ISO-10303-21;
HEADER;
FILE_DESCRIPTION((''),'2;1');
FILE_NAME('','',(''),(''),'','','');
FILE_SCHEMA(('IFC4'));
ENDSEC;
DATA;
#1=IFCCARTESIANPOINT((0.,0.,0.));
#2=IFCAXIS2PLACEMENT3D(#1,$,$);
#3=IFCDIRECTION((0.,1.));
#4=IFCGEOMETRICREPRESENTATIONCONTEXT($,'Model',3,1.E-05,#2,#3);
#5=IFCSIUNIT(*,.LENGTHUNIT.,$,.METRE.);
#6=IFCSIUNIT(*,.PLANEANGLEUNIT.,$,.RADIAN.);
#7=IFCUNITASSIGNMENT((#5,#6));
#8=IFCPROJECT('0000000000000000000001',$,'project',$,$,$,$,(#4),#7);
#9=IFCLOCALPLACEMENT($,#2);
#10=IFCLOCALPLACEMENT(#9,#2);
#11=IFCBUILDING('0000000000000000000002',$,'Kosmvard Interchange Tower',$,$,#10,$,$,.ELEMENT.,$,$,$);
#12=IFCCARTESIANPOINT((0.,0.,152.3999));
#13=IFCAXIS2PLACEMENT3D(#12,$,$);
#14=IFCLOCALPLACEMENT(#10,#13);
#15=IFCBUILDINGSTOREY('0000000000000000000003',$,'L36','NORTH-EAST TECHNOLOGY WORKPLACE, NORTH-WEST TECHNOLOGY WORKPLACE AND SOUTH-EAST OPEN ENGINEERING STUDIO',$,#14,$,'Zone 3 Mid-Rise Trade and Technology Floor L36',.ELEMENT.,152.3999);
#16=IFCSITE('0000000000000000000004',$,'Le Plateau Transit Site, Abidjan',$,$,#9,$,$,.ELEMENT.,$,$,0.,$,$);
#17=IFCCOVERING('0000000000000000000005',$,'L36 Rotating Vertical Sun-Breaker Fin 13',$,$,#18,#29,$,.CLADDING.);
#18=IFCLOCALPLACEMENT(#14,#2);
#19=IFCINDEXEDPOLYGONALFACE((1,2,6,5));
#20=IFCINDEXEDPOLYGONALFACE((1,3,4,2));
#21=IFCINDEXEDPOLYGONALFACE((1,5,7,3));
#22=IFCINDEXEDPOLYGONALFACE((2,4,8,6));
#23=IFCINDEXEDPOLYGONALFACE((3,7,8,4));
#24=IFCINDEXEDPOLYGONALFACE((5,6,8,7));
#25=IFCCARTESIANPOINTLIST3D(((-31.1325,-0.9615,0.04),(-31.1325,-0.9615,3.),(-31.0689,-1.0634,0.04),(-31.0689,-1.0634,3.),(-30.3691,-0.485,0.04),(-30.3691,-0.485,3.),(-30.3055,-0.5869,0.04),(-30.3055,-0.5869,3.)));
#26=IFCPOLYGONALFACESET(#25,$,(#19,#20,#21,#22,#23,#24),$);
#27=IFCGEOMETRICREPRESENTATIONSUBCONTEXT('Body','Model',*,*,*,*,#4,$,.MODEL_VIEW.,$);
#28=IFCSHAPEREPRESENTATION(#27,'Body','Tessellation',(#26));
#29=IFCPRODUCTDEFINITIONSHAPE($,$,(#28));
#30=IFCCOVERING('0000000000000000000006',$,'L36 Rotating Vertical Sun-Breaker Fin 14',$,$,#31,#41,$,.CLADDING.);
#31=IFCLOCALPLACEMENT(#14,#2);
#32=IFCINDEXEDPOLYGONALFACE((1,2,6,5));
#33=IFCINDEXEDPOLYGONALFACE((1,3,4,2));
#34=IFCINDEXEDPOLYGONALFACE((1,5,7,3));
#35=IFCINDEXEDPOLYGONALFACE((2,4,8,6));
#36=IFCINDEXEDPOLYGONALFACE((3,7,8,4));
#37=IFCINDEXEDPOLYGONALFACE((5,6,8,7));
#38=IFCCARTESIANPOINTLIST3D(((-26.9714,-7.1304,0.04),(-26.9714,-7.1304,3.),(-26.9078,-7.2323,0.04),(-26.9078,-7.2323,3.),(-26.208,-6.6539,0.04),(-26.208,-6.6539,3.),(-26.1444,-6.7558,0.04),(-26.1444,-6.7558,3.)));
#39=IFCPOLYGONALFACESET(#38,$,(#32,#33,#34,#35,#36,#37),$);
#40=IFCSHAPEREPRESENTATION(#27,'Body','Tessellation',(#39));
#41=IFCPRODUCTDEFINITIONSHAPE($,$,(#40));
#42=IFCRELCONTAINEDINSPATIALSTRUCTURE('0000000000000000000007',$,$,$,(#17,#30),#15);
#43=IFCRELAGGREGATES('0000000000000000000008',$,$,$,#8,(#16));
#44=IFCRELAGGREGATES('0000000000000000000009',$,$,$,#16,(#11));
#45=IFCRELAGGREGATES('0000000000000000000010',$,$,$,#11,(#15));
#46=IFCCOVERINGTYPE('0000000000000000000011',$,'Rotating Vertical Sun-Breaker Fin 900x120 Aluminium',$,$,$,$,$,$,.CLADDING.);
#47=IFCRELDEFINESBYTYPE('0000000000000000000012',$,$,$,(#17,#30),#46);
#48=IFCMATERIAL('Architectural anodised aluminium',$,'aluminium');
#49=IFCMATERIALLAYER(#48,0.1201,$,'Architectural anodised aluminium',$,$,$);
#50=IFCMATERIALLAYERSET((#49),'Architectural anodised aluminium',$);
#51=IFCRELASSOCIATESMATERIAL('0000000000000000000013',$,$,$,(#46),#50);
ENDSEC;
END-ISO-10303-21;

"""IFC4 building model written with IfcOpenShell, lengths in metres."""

from ifc_helpers import new_model, si_unit, direction, frame, origin, origin_2d, place, context, subcontext, project, spatial, rectangle, extrude, source, transform, mapped, material, layer, layer_set, type_object, element, save


model = new_model("IFC4")

# Units and contexts
model_context = context("Model", 3, precision=1e-05, world=origin(), true_north=direction((0.0, 1.0)))
body_context = subcontext(model_context, "Body", "Model", "MODEL_VIEW")
ifc_project = project(units=[si_unit("LENGTHUNIT", "METRE"), si_unit("PLANEANGLEUNIT", "RADIAN")], contexts=[model_context])

# Site, building, storey
site_placement = place(None, origin())
site = spatial("IfcSite", under=ifc_project, at=site_placement, Name="Le Plateau Transit Site, Abidjan", CompositionType="ELEMENT", RefElevation=0.0)
building_placement = place(site_placement, origin())
building = spatial("IfcBuilding", under=site, at=building_placement, Name="Kosmvard Interchange Tower", CompositionType="ELEMENT")
storey_placement = place(building_placement, frame((0.0, 0.0, 152.3999)))
storey = spatial("IfcBuildingStorey", under=building, at=storey_placement, Name="L36", Description="NORTH-EAST TECHNOLOGY WORKPLACE, NORTH-WEST TECHNOLOGY WORKPLACE AND SOUTH-EAST OPEN ENGINEERING STUDIO", LongName="Zone 3 Mid-Rise Trade and Technology Floor L36", CompositionType="ELEMENT", Elevation=152.3999)

# Coverings
ifc_material_1 = material(Name="Architectural anodised aluminium", Category="aluminium")
ifc_layer_1 = layer(ifc_material_1, 0.1201, Name="Architectural anodised aluminium")
ifc_layer_set_1 = layer_set([ifc_layer_1], Name="Architectural anodised aluminium")
covering_type = type_object("IfcCoveringType", Name="Rotating Vertical Sun-Breaker Fin 900x120 Aluminium", PredefinedType="CLADDING", material=ifc_layer_set_1)
shared_shape_1 = source(origin(), body_context, "Body", "SweptSolid", [
    extrude(rectangle(XDim=0.8999, YDim=0.1201, at=origin_2d()), origin(), (0.0, 0.0, 1.0), 2.96),
])
for number, where, z_axis, x_axis, name in (
    (1, (-30.719, -0.7742, 0.04), (0.0, 0.0, 1.0), (-0.848325, -0.529475, 0.0), "L36 Rotating Vertical Sun-Breaker Fin 13"),
    (2, (-26.5579, -6.9431, 0.04), (0.0, 0.0, 1.0), (-0.848325, -0.529475, 0.0), "L36 Rotating Vertical Sun-Breaker Fin 14"),
):
    element("IfcCovering", number, at=place(storey_placement, frame(where, z_axis=z_axis, x_axis=x_axis)), inside=storey, type_object=covering_type, Name=name, PredefinedType="CLADDING", context=body_context, shape_type="MappedRepresentation", body=[
        mapped(shared_shape_1, transform((0.0, 0.0, 0.0), scale=1.0)),
    ])

save(model, "model.ifc")
